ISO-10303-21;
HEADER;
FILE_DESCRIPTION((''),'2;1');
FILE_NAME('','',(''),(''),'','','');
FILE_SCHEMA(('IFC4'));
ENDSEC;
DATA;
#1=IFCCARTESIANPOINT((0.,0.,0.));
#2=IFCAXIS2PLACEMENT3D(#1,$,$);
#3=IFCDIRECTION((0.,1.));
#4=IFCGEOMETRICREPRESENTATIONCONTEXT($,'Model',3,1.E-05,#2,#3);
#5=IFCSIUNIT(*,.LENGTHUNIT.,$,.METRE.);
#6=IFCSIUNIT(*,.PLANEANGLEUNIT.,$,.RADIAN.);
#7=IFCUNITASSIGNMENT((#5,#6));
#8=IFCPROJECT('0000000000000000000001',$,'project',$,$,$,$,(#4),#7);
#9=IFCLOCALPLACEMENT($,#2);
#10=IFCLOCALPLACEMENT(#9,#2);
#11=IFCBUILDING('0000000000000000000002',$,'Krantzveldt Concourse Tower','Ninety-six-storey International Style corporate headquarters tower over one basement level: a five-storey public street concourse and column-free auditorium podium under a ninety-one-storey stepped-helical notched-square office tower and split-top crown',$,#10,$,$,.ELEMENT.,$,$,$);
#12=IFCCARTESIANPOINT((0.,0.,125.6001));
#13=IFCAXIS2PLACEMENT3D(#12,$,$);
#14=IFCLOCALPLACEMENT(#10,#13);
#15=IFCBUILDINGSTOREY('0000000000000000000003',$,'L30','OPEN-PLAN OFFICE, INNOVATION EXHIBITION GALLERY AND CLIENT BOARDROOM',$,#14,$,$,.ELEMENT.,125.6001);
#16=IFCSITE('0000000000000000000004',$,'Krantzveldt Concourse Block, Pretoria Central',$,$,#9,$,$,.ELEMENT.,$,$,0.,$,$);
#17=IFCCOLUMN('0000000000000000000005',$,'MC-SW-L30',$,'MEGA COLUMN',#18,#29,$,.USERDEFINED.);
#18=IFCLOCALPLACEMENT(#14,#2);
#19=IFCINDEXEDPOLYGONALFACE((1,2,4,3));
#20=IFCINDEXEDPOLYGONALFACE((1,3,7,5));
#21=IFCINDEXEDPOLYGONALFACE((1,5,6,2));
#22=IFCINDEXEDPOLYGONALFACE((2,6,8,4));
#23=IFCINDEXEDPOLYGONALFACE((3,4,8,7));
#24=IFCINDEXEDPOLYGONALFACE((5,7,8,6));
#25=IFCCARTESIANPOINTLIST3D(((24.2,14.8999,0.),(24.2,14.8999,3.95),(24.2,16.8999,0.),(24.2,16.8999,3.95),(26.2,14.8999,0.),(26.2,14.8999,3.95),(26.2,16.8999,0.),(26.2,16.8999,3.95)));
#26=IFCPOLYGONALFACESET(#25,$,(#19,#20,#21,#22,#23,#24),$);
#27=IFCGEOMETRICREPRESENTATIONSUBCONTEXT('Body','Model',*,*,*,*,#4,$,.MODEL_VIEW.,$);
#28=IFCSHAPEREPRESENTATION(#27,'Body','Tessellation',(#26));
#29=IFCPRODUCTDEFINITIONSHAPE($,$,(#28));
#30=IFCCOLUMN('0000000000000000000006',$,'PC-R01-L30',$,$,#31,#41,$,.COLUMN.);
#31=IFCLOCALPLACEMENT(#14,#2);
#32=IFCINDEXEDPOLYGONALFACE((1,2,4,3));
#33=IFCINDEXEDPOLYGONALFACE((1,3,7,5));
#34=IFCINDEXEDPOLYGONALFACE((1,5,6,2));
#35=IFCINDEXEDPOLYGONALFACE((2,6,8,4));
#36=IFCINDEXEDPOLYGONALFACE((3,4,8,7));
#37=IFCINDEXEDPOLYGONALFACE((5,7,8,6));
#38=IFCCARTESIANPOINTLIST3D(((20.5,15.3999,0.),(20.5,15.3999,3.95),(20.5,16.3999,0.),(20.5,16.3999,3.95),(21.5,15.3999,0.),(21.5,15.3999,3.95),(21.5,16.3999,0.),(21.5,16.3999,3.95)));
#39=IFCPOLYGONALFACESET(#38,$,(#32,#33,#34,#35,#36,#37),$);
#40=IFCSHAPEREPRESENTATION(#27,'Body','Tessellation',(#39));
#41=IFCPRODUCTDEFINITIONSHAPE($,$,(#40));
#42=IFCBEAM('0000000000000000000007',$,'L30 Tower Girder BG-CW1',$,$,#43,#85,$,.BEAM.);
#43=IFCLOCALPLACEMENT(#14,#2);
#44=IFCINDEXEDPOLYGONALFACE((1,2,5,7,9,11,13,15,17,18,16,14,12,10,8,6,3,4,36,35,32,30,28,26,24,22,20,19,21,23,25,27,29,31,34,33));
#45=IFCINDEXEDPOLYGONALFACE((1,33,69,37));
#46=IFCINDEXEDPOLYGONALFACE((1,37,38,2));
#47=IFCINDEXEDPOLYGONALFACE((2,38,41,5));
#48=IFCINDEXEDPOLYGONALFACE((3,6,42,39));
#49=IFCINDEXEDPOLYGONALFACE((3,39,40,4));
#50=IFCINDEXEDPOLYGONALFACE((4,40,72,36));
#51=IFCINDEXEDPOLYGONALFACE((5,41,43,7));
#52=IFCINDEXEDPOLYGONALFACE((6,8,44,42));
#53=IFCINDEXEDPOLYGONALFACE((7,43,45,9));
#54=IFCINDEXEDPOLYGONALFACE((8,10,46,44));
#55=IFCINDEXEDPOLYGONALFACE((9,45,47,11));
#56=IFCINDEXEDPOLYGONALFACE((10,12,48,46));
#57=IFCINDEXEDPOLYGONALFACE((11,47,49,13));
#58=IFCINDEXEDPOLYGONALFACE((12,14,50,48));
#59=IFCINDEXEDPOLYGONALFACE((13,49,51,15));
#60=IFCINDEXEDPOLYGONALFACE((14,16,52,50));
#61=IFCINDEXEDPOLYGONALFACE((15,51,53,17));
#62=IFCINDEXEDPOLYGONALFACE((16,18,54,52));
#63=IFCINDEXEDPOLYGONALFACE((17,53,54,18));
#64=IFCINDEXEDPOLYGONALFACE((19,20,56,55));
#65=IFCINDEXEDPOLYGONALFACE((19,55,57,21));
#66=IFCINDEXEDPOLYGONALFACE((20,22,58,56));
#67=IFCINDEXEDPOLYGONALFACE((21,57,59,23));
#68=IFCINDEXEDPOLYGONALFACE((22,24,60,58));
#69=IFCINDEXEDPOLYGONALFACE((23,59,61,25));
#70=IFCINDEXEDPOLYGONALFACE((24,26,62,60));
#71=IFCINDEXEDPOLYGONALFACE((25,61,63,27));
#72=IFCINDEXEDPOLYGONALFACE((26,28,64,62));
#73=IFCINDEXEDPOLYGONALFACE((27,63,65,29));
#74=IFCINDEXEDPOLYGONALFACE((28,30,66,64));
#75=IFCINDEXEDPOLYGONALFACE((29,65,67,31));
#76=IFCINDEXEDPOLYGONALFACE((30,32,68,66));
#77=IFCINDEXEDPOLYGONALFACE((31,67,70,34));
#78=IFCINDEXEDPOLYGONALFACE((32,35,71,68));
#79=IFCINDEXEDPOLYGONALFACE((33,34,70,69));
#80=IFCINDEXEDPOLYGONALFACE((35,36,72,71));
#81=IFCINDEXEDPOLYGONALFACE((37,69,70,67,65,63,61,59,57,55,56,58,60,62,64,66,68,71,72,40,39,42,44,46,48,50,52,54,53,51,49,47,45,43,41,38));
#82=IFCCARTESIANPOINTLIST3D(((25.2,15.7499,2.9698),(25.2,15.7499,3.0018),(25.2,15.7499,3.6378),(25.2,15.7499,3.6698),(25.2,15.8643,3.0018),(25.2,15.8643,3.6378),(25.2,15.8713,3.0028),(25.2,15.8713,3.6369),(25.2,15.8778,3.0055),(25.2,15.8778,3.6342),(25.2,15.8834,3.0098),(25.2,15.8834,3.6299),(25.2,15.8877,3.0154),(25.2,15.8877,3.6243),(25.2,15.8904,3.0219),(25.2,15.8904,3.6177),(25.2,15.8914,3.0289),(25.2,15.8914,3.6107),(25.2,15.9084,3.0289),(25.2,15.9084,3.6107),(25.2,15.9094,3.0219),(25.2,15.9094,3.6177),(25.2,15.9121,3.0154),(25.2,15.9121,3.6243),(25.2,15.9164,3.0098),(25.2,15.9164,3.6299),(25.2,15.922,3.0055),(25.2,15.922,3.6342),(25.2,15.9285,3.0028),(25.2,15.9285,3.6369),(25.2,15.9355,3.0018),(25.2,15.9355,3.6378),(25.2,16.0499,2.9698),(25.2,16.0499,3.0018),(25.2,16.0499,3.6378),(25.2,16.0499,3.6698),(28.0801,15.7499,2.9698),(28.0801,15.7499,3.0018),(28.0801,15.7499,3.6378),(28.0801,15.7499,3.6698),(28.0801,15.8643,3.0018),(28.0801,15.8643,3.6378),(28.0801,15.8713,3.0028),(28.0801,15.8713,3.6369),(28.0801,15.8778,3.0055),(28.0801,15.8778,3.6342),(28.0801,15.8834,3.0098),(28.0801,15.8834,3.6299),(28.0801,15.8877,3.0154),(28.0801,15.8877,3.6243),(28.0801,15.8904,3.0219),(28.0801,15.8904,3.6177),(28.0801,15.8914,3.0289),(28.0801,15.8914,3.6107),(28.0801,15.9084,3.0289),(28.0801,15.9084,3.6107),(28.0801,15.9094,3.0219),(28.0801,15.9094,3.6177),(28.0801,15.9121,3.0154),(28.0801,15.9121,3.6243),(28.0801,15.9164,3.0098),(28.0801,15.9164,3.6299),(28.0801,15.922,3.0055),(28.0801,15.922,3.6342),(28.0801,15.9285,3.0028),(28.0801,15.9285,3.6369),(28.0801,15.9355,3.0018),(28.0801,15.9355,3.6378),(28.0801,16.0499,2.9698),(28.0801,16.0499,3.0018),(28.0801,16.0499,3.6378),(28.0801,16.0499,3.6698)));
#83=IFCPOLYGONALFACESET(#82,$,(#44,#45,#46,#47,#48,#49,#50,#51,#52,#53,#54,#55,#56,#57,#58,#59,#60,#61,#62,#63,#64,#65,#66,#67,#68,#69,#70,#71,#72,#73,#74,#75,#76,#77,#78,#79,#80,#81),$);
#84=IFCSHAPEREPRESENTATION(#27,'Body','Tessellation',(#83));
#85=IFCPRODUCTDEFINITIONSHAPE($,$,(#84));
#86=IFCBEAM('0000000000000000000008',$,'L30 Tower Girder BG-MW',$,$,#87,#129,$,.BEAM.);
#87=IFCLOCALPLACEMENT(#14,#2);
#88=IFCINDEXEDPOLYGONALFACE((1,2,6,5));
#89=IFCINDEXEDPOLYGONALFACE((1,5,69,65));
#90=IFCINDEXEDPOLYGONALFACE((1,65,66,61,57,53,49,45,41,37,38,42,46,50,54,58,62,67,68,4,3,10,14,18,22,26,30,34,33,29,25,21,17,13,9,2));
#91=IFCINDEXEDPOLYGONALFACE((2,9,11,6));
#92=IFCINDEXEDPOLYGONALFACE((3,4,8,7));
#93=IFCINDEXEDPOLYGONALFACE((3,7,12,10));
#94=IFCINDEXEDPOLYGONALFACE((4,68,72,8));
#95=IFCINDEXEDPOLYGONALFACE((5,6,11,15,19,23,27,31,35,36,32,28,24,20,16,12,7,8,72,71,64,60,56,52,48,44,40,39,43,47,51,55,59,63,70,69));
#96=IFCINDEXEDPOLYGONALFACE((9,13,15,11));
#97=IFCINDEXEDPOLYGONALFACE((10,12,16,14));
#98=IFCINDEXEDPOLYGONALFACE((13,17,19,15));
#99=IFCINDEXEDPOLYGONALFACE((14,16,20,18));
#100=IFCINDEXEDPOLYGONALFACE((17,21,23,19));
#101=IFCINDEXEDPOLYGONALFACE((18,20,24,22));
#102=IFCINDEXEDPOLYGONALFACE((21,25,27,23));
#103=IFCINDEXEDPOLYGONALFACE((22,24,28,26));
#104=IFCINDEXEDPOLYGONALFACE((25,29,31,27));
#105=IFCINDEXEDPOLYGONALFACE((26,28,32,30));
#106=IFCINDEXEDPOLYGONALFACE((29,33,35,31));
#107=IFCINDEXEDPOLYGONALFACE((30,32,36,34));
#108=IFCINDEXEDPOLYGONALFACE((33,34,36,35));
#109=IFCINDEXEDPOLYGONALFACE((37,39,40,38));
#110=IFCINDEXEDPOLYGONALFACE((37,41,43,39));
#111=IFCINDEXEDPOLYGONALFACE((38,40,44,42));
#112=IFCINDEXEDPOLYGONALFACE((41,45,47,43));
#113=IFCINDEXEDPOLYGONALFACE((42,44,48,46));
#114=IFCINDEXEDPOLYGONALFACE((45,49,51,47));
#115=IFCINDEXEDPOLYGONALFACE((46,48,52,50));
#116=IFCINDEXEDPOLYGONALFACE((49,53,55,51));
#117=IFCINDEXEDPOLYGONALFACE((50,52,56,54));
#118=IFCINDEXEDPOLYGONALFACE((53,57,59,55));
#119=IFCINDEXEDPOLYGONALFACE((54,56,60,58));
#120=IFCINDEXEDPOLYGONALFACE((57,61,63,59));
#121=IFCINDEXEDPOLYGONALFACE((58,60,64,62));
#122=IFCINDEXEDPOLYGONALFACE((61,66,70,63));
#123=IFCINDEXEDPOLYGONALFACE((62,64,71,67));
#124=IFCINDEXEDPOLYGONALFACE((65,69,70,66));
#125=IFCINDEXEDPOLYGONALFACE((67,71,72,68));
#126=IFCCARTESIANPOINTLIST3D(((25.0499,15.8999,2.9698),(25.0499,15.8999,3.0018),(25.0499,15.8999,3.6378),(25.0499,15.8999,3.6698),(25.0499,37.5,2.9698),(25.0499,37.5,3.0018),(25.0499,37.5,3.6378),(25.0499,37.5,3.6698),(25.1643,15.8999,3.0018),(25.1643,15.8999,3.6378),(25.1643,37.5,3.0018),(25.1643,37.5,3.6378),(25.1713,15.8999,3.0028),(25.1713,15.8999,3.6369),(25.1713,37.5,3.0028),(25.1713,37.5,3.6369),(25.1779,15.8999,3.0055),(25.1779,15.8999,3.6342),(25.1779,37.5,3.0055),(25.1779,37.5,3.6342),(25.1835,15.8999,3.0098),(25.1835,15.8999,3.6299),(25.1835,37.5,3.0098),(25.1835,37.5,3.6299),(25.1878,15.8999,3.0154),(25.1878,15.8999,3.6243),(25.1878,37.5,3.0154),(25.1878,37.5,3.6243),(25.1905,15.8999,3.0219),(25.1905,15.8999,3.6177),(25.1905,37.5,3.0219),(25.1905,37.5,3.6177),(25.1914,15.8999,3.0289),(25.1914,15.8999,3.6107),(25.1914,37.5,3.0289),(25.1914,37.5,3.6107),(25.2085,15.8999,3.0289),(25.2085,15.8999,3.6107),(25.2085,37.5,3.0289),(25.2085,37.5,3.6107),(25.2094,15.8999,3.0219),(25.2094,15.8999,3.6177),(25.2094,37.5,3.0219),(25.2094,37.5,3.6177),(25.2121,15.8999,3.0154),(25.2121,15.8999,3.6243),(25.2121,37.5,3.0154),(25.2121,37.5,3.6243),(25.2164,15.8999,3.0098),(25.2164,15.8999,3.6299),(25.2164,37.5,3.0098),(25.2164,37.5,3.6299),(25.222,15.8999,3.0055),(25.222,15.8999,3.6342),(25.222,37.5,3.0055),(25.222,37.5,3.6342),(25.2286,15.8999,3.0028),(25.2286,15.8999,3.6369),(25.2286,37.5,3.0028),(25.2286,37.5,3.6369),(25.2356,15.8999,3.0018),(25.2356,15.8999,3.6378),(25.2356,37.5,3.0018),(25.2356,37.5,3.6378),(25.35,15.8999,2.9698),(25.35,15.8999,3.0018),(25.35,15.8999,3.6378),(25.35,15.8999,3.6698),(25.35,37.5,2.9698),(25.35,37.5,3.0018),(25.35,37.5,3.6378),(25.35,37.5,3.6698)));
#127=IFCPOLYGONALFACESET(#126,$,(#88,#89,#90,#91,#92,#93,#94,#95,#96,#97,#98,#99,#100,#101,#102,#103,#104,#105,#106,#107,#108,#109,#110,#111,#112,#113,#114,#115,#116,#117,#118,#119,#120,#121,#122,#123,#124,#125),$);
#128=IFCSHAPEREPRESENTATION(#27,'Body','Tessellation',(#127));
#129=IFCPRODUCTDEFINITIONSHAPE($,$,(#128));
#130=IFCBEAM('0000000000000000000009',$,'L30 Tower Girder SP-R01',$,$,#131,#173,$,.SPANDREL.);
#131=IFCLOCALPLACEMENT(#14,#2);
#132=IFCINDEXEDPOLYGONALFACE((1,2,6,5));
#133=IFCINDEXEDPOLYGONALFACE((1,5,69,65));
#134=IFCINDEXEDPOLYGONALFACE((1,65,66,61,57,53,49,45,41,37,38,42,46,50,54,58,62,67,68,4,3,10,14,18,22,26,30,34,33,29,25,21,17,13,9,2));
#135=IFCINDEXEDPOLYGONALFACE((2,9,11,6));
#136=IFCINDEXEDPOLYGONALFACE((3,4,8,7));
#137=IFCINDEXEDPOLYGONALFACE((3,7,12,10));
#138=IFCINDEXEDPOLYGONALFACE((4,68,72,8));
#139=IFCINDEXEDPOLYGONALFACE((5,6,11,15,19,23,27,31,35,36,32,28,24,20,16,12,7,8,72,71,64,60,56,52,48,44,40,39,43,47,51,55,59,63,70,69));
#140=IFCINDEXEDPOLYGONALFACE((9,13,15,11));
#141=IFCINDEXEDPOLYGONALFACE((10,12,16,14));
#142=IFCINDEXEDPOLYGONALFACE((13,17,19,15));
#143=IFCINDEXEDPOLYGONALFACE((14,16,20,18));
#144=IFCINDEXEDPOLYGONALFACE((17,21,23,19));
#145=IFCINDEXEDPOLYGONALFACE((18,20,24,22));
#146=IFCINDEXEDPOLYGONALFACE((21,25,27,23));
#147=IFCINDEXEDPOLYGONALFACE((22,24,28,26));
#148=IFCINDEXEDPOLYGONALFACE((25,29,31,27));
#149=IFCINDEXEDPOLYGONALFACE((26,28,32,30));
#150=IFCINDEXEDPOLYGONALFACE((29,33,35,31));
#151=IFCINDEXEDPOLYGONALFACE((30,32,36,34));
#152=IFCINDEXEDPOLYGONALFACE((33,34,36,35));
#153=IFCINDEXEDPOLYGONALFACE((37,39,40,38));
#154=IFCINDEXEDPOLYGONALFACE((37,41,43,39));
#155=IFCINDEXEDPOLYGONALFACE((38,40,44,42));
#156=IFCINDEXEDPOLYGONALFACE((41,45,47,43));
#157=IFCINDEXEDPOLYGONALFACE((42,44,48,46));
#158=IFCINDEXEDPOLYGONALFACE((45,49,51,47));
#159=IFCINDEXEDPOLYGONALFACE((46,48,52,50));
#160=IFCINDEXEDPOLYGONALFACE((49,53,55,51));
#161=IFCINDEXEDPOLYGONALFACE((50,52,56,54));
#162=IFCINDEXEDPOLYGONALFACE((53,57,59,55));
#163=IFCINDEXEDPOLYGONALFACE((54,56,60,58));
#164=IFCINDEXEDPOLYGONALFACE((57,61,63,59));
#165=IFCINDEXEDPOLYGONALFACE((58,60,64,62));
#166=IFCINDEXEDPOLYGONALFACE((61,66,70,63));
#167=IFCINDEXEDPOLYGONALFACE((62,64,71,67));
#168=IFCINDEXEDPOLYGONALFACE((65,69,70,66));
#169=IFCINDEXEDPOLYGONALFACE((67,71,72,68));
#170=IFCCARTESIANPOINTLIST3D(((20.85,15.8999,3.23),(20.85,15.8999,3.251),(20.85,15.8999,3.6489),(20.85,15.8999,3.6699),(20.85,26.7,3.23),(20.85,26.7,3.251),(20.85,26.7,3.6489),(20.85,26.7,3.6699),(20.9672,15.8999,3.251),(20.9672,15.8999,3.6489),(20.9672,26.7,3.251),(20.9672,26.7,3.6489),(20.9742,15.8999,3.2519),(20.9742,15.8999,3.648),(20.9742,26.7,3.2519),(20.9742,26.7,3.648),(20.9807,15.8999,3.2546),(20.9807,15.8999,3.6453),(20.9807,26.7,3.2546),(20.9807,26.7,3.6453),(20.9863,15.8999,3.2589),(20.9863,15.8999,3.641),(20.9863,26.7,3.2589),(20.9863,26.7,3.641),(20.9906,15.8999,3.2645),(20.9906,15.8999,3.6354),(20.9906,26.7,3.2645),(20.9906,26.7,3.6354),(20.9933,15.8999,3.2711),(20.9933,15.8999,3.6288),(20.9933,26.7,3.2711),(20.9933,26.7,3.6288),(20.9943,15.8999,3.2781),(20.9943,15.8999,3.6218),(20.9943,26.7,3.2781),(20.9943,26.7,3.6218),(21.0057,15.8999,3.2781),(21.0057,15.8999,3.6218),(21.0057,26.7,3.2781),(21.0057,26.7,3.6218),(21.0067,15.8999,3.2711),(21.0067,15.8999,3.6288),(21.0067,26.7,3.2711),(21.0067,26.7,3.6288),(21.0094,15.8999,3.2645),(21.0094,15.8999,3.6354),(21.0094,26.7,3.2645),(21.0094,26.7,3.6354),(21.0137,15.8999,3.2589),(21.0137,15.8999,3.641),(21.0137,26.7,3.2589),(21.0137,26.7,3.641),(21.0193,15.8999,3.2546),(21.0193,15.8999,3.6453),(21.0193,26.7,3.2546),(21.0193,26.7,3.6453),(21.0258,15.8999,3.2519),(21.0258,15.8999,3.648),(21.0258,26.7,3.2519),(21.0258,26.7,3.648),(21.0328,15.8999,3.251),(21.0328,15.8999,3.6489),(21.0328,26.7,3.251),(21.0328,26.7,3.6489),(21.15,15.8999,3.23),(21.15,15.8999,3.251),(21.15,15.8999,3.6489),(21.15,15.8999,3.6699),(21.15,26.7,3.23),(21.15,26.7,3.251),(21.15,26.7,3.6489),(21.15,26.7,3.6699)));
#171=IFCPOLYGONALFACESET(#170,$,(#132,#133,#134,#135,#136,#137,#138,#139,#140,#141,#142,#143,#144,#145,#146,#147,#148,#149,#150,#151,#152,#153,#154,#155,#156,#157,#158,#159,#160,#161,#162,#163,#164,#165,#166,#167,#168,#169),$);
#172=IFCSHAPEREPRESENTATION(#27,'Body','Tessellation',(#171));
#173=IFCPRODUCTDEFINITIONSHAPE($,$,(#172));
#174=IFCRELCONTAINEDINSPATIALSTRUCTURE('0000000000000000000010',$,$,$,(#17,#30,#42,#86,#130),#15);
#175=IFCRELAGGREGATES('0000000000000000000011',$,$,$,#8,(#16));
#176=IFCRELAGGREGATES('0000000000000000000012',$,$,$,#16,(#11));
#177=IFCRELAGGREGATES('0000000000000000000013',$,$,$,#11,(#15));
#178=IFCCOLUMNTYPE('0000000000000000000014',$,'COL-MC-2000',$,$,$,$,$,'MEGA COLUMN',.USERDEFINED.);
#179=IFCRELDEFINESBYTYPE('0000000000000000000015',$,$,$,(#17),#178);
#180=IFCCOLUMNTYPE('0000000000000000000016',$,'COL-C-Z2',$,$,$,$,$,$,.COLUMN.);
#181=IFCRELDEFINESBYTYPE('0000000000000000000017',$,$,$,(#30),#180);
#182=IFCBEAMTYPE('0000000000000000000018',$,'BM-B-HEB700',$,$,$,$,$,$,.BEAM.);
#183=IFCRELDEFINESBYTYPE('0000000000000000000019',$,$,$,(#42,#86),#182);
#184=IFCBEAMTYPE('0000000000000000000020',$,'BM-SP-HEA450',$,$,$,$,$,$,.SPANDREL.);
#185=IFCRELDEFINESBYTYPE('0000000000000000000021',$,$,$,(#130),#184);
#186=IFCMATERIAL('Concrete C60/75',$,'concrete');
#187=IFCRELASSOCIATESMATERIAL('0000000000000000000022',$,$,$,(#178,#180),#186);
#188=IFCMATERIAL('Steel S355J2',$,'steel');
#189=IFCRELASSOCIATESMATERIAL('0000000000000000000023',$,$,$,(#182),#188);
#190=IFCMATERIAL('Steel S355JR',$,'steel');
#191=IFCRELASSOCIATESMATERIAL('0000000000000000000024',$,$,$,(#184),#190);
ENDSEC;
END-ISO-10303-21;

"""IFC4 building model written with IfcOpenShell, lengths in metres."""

from ifc_helpers import new_model, si_unit, direction, frame, origin, origin_2d, place, context, subcontext, project, spatial, rectangle, i_section, extrude, source, transform, mapped, material, material_profile, profile_set, type_object, type_shapes, element, save


model = new_model("IFC4")

# Units and contexts
model_context = context("Model", 3, precision=1e-05, world=origin(), true_north=direction((0.0, 1.0)))
body_context = subcontext(model_context, "Body", "Model", "MODEL_VIEW")
ifc_project = project(units=[si_unit("LENGTHUNIT", "METRE"), si_unit("PLANEANGLEUNIT", "RADIAN")], contexts=[model_context])

# Site, building, storey
site_placement = place(None, origin())
site = spatial("IfcSite", under=ifc_project, at=site_placement, Name="Krantzveldt Concourse Block, Pretoria Central", CompositionType="ELEMENT", RefElevation=0.0)
building_placement = place(site_placement, origin())
building = spatial("IfcBuilding", under=site, at=building_placement, Name="Krantzveldt Concourse Tower", Description="Ninety-six-storey International Style corporate headquarters tower over one basement level: a five-storey public street concourse and column-free auditorium podium under a ninety-one-storey stepped-helical notched-square office tower and split-top crown", CompositionType="ELEMENT")
storey_placement = place(building_placement, frame((0.0, 0.0, 125.6001)))
storey = spatial("IfcBuildingStorey", under=building, at=storey_placement, Name="L30", Description="OPEN-PLAN OFFICE, INNOVATION EXHIBITION GALLERY AND CLIENT BOARDROOM", CompositionType="ELEMENT", Elevation=125.6001)

# Columns
ifc_material_1 = material(Name="Concrete C60/75", Category="concrete")
ifc_material_profile_1 = material_profile(ifc_material_1, rectangle(XDim=2.0, YDim=2.0, at=origin_2d()), Name="Concrete C60/75", Category="concrete")
ifc_profile_set_1 = profile_set([ifc_material_profile_1], Name="Concrete C60/75 - RC 2000x2000")
column_type_1 = type_object("IfcColumnType", Name="COL-MC-2000", ElementType="MEGA COLUMN", PredefinedType="USERDEFINED", material=ifc_profile_set_1)
shared_shape_1 = source(origin(), body_context, "Body", "SweptSolid", [
    extrude(rectangle(XDim=2.0, YDim=2.0, at=origin_2d()), origin(), (0.0, 0.0, 1.0), 3.95),
])
type_shapes(column_type_1, [shared_shape_1])
column_1_placement = place(storey_placement, frame((25.2, 15.8999, 0.0), z_axis=(0.0, 0.0, 1.0), x_axis=(1.0, 0.0, 0.0)))
element("IfcColumn", 1, at=column_1_placement, inside=storey, type_object=column_type_1, Name="MC-SW-L30", ObjectType="MEGA COLUMN", PredefinedType="USERDEFINED", context=body_context, shape_type="MappedRepresentation", body=[
    mapped(shared_shape_1, transform((0.0, 0.0, 0.0), x_axis=(1.0, 0.0, 0.0), y_axis=(0.0, 1.0, 0.0), z_axis=(0.0, 0.0, 1.0), scale=1.0)),
])
ifc_material_profile_2 = material_profile(ifc_material_1, rectangle(XDim=1.0, YDim=1.0, at=origin_2d()), Name="Concrete C60/75", Category="concrete")
ifc_profile_set_2 = profile_set([ifc_material_profile_2], Name="Concrete C60/75 - RC 1000x1000")
column_type_2 = type_object("IfcColumnType", Name="COL-C-Z2", PredefinedType="COLUMN", material=ifc_profile_set_2)
shared_shape_2 = source(origin(), body_context, "Body", "SweptSolid", [
    extrude(rectangle(XDim=1.0, YDim=1.0, at=origin_2d()), origin(), (0.0, 0.0, 1.0), 3.95),
])
type_shapes(column_type_2, [shared_shape_2])
column_2_placement = place(storey_placement, frame((21.0, 15.8999, 0.0), z_axis=(0.0, 0.0, 1.0), x_axis=(1.0, 0.0, 0.0)))
element("IfcColumn", 2, at=column_2_placement, inside=storey, type_object=column_type_2, Name="PC-R01-L30", PredefinedType="COLUMN", context=body_context, shape_type="MappedRepresentation", body=[
    mapped(shared_shape_2, transform((0.0, 0.0, 0.0), x_axis=(1.0, 0.0, 0.0), y_axis=(0.0, 1.0, 0.0), z_axis=(0.0, 0.0, 1.0), scale=1.0)),
])

# Beams
ifc_material_2 = material(Name="Steel S355J2", Category="steel")
ifc_material_profile_3 = material_profile(ifc_material_2, i_section(OverallWidth=0.3, OverallDepth=0.7, WebThickness=0.0171, FlangeThickness=0.032, FilletRadius=0.0271, at=origin_2d()), Name="Steel S355J2", Category="steel")
ifc_profile_set_3 = profile_set([ifc_material_profile_3], Name="Steel S355J2 - HEB 700")
beam_type_1 = type_object("IfcBeamType", Name="BM-B-HEB700", PredefinedType="BEAM", material=ifc_profile_set_3)
shared_shape_3 = source(origin(), body_context, "Body", "SweptSolid", [
    extrude(i_section(OverallWidth=0.3, OverallDepth=0.7, WebThickness=0.0171, FlangeThickness=0.032, FilletRadius=0.0271, at=origin_2d()), origin(), (0.0, 0.0, 1.0), 2.8801),
])
beam_1_placement = place(storey_placement, frame((25.2, 15.8999, 3.3198), z_axis=(1.0, 0.0, 0.0), x_axis=(0.0, 1.0, 0.0)))
element("IfcBeam", 3, at=beam_1_placement, inside=storey, type_object=beam_type_1, Name="L30 Tower Girder BG-CW1", PredefinedType="BEAM", context=body_context, shape_type="MappedRepresentation", body=[
    mapped(shared_shape_3, transform((0.0, 0.0, 0.0), x_axis=(1.0, 0.0, 0.0), y_axis=(0.0, 1.0, 0.0), z_axis=(0.0, 0.0, 1.0), scale=1.0)),
])
shared_shape_4 = source(origin(), body_context, "Body", "SweptSolid", [
    extrude(i_section(OverallWidth=0.3, OverallDepth=0.7, WebThickness=0.0171, FlangeThickness=0.032, FilletRadius=0.0271, at=origin_2d()), origin(), (0.0, 0.0, 1.0), 21.6001),
])
type_shapes(beam_type_1, [shared_shape_3, shared_shape_4])
beam_2_placement = place(storey_placement, frame((25.2, 15.8999, 3.3198), z_axis=(0.0, 1.0, 0.0), x_axis=(-1.0, 0.0, 0.0)))
element("IfcBeam", 4, at=beam_2_placement, inside=storey, type_object=beam_type_1, Name="L30 Tower Girder BG-MW", PredefinedType="BEAM", context=body_context, shape_type="MappedRepresentation", body=[
    mapped(shared_shape_4, transform((0.0, 0.0, 0.0), x_axis=(1.0, 0.0, 0.0), y_axis=(0.0, 1.0, 0.0), z_axis=(0.0, 0.0, 1.0), scale=1.0)),
])
ifc_material_3 = material(Name="Steel S355JR", Category="steel")
ifc_material_profile_4 = material_profile(ifc_material_3, i_section(OverallWidth=0.3, OverallDepth=0.4399, WebThickness=0.0115, FlangeThickness=0.021, FilletRadius=0.0271, at=origin_2d()), Name="Steel S355JR", Category="steel")
ifc_profile_set_4 = profile_set([ifc_material_profile_4], Name="Steel S355JR - HEA 450")
beam_type_2 = type_object("IfcBeamType", Name="BM-SP-HEA450", PredefinedType="SPANDREL", material=ifc_profile_set_4)
shared_shape_5 = source(origin(), body_context, "Body", "SweptSolid", [
    extrude(i_section(OverallWidth=0.3, OverallDepth=0.4399, WebThickness=0.0115, FlangeThickness=0.021, FilletRadius=0.0271, at=origin_2d()), origin(), (0.0, 0.0, 1.0), 10.8),
])
type_shapes(beam_type_2, [shared_shape_5])
beam_3_placement = place(storey_placement, frame((21.0, 15.8999, 3.45), z_axis=(0.0, 1.0, 0.0), x_axis=(-1.0, 0.0, 0.0)))
element("IfcBeam", 5, at=beam_3_placement, inside=storey, type_object=beam_type_2, Name="L30 Tower Girder SP-R01", PredefinedType="SPANDREL", context=body_context, shape_type="MappedRepresentation", body=[
    mapped(shared_shape_5, transform((0.0, 0.0, 0.0), x_axis=(1.0, 0.0, 0.0), y_axis=(0.0, 1.0, 0.0), z_axis=(0.0, 0.0, 1.0), scale=1.0)),
])

save(model, "model.ifc")
